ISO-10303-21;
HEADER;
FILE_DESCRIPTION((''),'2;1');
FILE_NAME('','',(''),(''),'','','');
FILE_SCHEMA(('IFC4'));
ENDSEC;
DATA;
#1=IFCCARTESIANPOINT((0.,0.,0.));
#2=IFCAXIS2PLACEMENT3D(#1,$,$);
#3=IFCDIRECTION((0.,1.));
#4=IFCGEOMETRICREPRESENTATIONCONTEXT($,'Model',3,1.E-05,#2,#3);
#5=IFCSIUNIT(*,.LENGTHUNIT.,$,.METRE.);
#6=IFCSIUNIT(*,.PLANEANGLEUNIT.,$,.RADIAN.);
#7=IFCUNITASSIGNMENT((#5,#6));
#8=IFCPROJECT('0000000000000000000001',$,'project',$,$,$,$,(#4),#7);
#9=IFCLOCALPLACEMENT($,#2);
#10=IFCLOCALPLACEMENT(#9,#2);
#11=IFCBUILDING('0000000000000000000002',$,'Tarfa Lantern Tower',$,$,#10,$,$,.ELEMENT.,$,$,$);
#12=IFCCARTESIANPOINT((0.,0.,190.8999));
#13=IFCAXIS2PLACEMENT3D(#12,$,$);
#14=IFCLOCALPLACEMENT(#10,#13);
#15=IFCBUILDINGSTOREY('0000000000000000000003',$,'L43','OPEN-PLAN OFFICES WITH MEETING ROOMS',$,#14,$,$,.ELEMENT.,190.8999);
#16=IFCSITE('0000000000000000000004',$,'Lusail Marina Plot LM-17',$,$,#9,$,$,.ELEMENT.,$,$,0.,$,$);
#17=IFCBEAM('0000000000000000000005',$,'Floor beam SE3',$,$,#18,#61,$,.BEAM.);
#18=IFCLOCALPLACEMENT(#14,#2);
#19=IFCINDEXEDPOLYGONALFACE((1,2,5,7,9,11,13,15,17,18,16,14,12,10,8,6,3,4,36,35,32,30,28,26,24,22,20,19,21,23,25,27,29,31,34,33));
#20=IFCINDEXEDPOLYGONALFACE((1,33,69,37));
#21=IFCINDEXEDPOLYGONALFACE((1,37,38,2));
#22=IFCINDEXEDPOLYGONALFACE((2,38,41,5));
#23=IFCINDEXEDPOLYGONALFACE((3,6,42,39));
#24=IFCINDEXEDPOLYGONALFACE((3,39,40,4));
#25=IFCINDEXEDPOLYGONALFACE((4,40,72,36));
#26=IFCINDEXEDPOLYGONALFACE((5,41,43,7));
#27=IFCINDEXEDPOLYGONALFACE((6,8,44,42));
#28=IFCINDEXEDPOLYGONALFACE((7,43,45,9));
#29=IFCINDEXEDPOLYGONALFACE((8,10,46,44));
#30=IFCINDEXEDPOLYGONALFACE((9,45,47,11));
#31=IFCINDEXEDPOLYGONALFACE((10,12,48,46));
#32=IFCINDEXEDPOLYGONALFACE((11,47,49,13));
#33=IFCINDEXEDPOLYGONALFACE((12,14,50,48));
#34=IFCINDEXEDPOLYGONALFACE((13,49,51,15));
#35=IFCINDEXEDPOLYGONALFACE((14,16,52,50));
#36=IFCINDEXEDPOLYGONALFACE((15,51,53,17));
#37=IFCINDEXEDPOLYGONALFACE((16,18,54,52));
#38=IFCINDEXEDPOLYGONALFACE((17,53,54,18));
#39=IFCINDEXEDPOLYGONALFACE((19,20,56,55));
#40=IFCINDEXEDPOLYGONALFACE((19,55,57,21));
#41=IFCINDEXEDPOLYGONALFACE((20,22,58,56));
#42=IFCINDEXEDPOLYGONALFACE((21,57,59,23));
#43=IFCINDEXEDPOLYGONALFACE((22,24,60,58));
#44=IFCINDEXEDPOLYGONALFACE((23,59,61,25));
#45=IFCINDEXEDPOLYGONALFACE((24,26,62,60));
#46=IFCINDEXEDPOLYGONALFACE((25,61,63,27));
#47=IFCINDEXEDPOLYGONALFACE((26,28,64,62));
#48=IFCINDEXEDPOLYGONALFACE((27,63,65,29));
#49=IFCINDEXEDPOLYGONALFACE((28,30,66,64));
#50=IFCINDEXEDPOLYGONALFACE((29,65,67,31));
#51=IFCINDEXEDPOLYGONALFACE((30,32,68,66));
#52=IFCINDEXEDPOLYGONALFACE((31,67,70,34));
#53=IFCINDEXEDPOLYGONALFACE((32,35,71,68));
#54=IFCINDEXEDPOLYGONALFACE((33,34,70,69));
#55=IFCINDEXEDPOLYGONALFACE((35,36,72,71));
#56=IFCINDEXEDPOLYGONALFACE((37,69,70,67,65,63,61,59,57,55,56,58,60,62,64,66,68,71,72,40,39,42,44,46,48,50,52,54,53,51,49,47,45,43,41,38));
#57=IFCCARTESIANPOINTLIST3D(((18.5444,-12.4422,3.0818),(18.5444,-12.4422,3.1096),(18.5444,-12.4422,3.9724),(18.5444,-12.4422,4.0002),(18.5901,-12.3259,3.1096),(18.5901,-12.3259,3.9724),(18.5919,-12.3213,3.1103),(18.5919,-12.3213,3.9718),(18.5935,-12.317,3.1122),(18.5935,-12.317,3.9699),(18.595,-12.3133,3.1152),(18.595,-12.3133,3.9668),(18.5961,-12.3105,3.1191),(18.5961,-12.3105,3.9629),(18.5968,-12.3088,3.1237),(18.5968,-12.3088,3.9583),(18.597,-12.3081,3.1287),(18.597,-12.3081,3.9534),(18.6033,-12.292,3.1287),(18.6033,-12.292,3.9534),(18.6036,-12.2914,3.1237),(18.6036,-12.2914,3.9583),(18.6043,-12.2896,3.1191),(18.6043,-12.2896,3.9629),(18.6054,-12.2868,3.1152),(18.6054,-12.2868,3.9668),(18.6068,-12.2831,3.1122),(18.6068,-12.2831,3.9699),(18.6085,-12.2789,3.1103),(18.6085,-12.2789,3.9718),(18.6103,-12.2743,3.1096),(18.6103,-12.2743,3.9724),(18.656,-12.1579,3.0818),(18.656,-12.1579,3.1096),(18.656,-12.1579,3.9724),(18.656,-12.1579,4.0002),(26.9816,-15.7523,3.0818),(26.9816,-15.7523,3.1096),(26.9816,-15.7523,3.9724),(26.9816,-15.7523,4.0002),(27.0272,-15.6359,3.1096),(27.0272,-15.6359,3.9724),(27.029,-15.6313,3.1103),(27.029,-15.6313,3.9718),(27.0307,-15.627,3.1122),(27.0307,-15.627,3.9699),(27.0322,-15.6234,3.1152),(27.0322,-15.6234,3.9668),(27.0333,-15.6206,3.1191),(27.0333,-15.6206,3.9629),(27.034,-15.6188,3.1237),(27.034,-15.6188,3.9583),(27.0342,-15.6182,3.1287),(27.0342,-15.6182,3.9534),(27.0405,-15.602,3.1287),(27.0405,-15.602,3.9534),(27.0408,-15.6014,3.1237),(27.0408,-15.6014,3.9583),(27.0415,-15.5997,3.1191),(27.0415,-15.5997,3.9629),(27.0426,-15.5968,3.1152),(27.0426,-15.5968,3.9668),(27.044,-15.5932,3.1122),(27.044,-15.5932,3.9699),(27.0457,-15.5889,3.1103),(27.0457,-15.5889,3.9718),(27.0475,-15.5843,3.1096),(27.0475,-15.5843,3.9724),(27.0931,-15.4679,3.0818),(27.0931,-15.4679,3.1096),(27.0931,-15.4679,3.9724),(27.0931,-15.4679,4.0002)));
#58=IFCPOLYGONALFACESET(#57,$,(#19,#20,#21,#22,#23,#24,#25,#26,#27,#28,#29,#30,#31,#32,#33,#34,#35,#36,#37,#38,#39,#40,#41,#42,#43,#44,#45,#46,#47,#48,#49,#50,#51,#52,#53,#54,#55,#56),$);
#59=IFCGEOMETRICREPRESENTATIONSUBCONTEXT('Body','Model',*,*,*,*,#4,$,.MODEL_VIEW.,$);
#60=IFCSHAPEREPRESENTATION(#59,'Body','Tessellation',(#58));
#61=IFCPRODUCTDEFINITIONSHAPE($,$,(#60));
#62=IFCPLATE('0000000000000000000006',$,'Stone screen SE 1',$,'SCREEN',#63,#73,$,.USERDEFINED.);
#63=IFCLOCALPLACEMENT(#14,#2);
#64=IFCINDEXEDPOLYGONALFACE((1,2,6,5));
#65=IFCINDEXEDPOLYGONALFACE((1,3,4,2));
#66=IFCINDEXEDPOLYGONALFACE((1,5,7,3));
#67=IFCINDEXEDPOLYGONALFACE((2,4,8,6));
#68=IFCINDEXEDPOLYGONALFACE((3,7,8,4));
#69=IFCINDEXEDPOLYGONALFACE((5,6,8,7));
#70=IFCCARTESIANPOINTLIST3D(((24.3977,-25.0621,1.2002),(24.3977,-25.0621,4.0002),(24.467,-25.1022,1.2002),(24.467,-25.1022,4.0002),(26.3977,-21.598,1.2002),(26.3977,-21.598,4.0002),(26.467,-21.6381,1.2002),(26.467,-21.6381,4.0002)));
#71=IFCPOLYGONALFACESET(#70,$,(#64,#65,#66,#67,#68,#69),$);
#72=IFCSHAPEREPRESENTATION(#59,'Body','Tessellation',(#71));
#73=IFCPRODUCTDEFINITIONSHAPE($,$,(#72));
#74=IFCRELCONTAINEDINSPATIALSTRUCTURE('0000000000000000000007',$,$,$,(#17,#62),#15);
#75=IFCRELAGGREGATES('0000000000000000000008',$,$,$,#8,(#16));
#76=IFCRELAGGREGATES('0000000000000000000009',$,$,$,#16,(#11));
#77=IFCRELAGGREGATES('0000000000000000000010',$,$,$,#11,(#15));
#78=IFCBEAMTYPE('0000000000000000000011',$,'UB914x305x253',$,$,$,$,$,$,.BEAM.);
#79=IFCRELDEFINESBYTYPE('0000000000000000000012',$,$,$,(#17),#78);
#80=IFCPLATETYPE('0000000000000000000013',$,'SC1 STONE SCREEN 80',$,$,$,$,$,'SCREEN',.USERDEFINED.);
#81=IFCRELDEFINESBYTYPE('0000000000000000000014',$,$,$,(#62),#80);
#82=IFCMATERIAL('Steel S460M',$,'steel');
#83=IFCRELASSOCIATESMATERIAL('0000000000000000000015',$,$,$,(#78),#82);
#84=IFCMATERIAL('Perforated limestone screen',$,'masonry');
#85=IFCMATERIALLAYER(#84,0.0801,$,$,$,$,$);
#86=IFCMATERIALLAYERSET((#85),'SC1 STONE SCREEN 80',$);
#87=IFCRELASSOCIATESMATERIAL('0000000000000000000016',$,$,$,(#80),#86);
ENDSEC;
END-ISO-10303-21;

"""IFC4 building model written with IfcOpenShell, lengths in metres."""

from ifc_helpers import new_model, si_unit, direction, frame, origin, origin_2d, place, context, subcontext, project, spatial, rectangle, i_section, extrude, material, layer, layer_set, material_profile, profile_set, type_object, element, save


model = new_model("IFC4")

# Units and contexts
model_context = context("Model", 3, precision=1e-05, world=origin(), true_north=direction((0.0, 1.0)))
body_context = subcontext(model_context, "Body", "Model", "MODEL_VIEW")
ifc_project = project(units=[si_unit("LENGTHUNIT", "METRE"), si_unit("PLANEANGLEUNIT", "RADIAN")], contexts=[model_context])

# Site, building, storey
site_placement = place(None, origin())
site = spatial("IfcSite", under=ifc_project, at=site_placement, Name="Lusail Marina Plot LM-17", CompositionType="ELEMENT", RefElevation=0.0)
building_placement = place(site_placement, origin())
building = spatial("IfcBuilding", under=site, at=building_placement, Name="Tarfa Lantern Tower", CompositionType="ELEMENT")
storey_placement = place(building_placement, frame((0.0, 0.0, 190.8999)))
storey = spatial("IfcBuildingStorey", under=building, at=storey_placement, Name="L43", Description="OPEN-PLAN OFFICES WITH MEETING ROOMS", CompositionType="ELEMENT", Elevation=190.8999)

# Beam
ifc_material_1 = material(Name="Steel S460M", Category="steel")
ifc_material_profile_1 = material_profile(ifc_material_1, i_section(OverallWidth=0.3054, OverallDepth=0.9185, WebThickness=0.0173, FlangeThickness=0.0278, FilletRadius=0.019, at=origin_2d()), Name="UB914x305x253")
ifc_profile_set_1 = profile_set([ifc_material_profile_1], Name="Steel S460M")
beam_type_1 = type_object("IfcBeamType", Name="UB914x305x253", PredefinedType="BEAM", material=ifc_profile_set_1)
beam_1_placement = place(storey_placement, frame((27.0374, -15.6101, 3.541), z_axis=(-0.930923, 0.365215, 0.0), x_axis=(-0.365215, -0.930923, 0.0)))
element("IfcBeam", 1, at=beam_1_placement, inside=storey, type_object=beam_type_1, Name="Floor beam SE3", PredefinedType="BEAM", context=body_context, shape_type="SweptSolid", body=[
    extrude(i_section(OverallWidth=0.3054, OverallDepth=0.9185, WebThickness=0.0173, FlangeThickness=0.0278, FilletRadius=0.019, at=origin_2d()), origin(), (0.0, 0.0, 1.0), 9.0632),
])

# Plate
ifc_material_2 = material(Name="Perforated limestone screen", Category="masonry")
ifc_layer_1 = layer(ifc_material_2, 0.0801)
ifc_layer_set_1 = layer_set([ifc_layer_1], Name="SC1 STONE SCREEN 80")
plate_type = type_object("IfcPlateType", Name="SC1 STONE SCREEN 80", ElementType="SCREEN", PredefinedType="USERDEFINED", material=ifc_layer_set_1)
plate_placement = place(storey_placement, frame((25.4324, -23.3501, 1.2002), z_axis=(0.0, 0.0, 1.0), x_axis=(0.5, 0.866025, 0.0)))
element("IfcPlate", 2, at=plate_placement, inside=storey, type_object=plate_type, Name="Stone screen SE 1", ObjectType="SCREEN", PredefinedType="USERDEFINED", context=body_context, shape_type="SweptSolid", body=[
    extrude(rectangle(XDim=4.0, YDim=0.0801, at=origin_2d()), origin(), (0.0, 0.0, 1.0), 2.8),
])

save(model, "model.ifc")
